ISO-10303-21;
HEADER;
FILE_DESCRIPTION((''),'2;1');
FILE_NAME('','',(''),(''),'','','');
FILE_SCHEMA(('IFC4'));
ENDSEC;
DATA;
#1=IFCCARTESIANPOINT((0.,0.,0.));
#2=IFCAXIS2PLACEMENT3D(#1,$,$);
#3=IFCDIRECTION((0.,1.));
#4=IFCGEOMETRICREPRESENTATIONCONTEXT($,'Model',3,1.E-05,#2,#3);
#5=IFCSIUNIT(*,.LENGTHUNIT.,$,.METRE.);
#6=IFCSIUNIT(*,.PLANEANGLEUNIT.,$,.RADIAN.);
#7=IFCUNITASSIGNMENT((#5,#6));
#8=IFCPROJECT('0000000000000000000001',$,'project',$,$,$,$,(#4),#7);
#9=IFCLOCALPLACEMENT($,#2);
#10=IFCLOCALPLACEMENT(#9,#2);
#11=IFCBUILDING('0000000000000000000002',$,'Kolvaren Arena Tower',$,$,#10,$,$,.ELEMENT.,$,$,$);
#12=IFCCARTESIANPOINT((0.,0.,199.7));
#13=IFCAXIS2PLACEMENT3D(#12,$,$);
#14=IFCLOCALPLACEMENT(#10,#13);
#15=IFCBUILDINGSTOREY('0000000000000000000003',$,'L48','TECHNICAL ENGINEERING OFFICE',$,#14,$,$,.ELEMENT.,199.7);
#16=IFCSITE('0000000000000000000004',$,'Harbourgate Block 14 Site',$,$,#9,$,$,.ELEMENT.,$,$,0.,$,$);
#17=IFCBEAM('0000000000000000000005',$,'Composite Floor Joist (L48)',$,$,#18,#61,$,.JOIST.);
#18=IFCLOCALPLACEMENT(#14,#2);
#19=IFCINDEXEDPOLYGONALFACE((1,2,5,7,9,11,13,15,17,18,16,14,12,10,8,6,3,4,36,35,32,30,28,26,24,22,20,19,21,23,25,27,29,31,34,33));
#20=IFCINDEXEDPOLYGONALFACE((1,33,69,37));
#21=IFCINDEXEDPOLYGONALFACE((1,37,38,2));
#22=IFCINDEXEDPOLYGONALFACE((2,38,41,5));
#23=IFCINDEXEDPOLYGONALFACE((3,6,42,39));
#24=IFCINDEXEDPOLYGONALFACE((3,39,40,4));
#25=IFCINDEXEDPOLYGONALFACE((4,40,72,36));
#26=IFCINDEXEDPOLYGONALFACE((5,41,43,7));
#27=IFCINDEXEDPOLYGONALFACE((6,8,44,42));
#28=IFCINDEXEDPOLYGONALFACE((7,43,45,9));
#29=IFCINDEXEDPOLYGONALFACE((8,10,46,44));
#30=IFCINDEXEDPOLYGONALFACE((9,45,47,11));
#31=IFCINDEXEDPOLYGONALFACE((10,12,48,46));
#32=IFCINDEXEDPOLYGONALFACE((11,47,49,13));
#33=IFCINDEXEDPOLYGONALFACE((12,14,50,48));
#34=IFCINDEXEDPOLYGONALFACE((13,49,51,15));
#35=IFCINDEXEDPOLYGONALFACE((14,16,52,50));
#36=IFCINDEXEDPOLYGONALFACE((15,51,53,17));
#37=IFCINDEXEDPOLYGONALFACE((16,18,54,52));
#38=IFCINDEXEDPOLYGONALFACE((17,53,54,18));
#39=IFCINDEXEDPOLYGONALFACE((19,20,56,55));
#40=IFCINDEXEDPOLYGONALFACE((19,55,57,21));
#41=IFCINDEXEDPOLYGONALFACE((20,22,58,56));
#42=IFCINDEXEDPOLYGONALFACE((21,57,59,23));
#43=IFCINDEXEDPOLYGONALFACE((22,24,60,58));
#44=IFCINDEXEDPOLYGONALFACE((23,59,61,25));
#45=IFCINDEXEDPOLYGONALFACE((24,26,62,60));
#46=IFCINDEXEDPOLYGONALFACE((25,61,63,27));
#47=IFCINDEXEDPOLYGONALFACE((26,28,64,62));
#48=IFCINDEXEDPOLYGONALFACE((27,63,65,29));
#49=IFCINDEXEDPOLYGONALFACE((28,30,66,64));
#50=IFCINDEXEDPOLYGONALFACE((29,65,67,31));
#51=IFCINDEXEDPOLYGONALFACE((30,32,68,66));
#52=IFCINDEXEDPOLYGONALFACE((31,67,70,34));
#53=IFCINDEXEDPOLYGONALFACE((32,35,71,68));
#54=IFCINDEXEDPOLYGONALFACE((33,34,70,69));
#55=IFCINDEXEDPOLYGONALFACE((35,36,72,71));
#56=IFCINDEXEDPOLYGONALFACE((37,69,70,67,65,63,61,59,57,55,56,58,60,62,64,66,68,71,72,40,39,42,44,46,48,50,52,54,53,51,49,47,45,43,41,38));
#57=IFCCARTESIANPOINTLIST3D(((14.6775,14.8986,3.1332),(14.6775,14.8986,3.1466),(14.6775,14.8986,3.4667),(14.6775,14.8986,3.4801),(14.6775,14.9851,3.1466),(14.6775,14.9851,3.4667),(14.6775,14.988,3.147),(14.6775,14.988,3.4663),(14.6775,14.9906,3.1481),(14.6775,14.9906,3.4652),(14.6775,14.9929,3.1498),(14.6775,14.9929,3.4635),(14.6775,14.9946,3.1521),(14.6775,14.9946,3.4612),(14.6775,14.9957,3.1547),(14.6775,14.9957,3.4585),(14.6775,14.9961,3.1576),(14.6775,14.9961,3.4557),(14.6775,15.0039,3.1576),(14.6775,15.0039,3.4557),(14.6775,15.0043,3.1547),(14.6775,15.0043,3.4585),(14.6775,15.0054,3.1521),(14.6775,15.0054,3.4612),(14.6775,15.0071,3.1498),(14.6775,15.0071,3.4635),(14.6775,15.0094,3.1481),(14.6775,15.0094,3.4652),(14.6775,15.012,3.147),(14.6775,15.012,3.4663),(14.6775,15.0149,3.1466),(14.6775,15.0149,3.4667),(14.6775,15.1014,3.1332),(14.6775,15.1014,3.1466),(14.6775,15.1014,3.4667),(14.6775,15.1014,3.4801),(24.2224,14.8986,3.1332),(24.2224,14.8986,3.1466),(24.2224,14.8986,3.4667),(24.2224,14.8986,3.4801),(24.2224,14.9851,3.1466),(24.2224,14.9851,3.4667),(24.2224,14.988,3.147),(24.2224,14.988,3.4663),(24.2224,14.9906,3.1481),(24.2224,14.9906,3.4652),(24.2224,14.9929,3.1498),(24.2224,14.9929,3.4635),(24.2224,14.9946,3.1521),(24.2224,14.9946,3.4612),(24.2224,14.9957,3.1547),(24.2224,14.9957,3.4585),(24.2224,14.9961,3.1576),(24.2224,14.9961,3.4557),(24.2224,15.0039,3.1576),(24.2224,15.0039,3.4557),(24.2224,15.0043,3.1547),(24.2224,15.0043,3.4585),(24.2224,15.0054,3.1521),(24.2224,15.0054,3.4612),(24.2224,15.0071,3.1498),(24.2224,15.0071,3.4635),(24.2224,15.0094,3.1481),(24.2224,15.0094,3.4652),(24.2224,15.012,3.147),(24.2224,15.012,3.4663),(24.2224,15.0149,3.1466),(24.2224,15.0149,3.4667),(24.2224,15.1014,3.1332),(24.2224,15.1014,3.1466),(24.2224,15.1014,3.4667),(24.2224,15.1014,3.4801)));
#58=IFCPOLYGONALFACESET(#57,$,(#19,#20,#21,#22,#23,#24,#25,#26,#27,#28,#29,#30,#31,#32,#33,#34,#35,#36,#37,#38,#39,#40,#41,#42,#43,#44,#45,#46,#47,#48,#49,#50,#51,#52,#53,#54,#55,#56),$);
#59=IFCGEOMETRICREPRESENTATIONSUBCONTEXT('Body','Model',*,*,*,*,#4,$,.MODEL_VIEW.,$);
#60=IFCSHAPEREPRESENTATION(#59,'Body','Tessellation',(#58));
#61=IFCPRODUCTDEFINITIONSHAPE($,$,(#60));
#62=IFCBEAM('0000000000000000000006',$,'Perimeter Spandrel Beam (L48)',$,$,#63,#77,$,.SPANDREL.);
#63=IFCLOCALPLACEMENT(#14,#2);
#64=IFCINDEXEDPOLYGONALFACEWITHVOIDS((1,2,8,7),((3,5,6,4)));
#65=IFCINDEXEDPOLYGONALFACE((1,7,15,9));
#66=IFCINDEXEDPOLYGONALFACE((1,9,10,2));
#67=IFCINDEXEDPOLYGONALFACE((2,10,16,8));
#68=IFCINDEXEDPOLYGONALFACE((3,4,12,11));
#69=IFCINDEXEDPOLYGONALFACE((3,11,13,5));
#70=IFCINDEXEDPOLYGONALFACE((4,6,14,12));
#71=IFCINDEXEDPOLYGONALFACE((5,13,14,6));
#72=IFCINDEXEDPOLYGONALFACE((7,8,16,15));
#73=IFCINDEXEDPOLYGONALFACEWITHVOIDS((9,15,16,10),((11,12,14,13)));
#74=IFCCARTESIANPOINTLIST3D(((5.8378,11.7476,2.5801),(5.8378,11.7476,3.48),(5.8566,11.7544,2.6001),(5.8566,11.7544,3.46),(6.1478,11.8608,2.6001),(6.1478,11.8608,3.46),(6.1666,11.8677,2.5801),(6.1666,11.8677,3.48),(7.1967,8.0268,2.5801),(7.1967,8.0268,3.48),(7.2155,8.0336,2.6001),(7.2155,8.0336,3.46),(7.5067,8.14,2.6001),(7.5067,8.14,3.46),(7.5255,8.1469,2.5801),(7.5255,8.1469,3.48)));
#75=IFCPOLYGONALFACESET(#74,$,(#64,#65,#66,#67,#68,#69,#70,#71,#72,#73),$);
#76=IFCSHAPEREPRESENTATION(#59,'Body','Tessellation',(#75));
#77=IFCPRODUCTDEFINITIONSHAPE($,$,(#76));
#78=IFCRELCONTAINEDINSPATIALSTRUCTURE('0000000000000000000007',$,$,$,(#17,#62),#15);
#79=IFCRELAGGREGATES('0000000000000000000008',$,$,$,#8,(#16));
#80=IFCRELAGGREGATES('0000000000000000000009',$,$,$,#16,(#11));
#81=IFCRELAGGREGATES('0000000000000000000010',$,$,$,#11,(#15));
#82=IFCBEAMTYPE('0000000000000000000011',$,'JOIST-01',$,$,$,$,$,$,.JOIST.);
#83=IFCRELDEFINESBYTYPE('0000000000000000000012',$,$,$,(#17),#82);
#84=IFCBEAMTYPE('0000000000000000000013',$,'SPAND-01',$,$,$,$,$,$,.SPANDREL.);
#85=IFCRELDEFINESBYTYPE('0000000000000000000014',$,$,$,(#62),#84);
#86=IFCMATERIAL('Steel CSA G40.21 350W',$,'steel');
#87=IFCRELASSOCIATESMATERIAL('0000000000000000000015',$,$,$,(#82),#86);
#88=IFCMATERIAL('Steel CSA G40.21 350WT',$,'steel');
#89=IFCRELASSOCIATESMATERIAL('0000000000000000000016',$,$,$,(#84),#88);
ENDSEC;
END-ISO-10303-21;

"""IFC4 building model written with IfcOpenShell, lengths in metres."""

from ifc_helpers import new_model, si_unit, direction, frame, origin, origin_2d, place, context, subcontext, project, spatial, hollow_rectangle, i_section, extrude, material, material_profile, profile_set, type_object, element, save


model = new_model("IFC4")

# Units and contexts
model_context = context("Model", 3, precision=1e-05, world=origin(), true_north=direction((0.0, 1.0)))
body_context = subcontext(model_context, "Body", "Model", "MODEL_VIEW")
ifc_project = project(units=[si_unit("LENGTHUNIT", "METRE"), si_unit("PLANEANGLEUNIT", "RADIAN")], contexts=[model_context])

# Site, building, storey
site_placement = place(None, origin())
site = spatial("IfcSite", under=ifc_project, at=site_placement, Name="Harbourgate Block 14 Site", CompositionType="ELEMENT", RefElevation=0.0)
building_placement = place(site_placement, origin())
building = spatial("IfcBuilding", under=site, at=building_placement, Name="Kolvaren Arena Tower", CompositionType="ELEMENT")
storey_placement = place(building_placement, frame((0.0, 0.0, 199.7)))
storey = spatial("IfcBuildingStorey", under=building, at=storey_placement, Name="L48", Description="TECHNICAL ENGINEERING OFFICE", CompositionType="ELEMENT", Elevation=199.7)

# Beams
ifc_material_1 = material(Name="Steel CSA G40.21 350W", Category="steel")
ifc_material_profile_1 = material_profile(ifc_material_1, i_section(OverallWidth=0.2029, OverallDepth=0.3469, WebThickness=0.0078, FlangeThickness=0.0134, FilletRadius=0.011, at=origin_2d()), Name="W360x64")
ifc_profile_set_1 = profile_set([ifc_material_profile_1], Name="Steel CSA G40.21 350W")
beam_type_1 = type_object("IfcBeamType", Name="JOIST-01", PredefinedType="JOIST", material=ifc_profile_set_1)
beam_1_placement = place(storey_placement, frame((14.6775, 15.0, 3.3066), z_axis=(1.0, 0.0, 0.0), x_axis=(0.0, 1.0, 0.0)))
element("IfcBeam", 1, at=beam_1_placement, inside=storey, type_object=beam_type_1, Name="Composite Floor Joist (L48)", PredefinedType="JOIST", context=body_context, shape_type="SweptSolid", body=[
    extrude(i_section(OverallWidth=0.2029, OverallDepth=0.3469, WebThickness=0.0078, FlangeThickness=0.0134, FilletRadius=0.011, at=origin_2d()), origin(), (0.0, 0.0, 1.0), 9.5449),
])
ifc_material_2 = material(Name="Steel CSA G40.21 350WT", Category="steel")
ifc_material_profile_2 = material_profile(ifc_material_2, hollow_rectangle(XDim=0.3501, YDim=0.8999, WallThickness=0.02, at=origin_2d()), Name="HSS 900x350x20")
ifc_profile_set_2 = profile_set([ifc_material_profile_2], Name="Steel CSA G40.21 350WT")
beam_type_2 = type_object("IfcBeamType", Name="SPAND-01", PredefinedType="SPANDREL", material=ifc_profile_set_2)
beam_2_placement = place(storey_placement, frame((6.0022, 11.8076, 3.03), z_axis=(0.343059, -0.939314, 0.0), x_axis=(0.939314, 0.343059, 0.0)))
element("IfcBeam", 2, at=beam_2_placement, inside=storey, type_object=beam_type_2, Name="Perimeter Spandrel Beam (L48)", PredefinedType="SPANDREL", context=body_context, shape_type="SweptSolid", body=[
    extrude(hollow_rectangle(XDim=0.3501, YDim=0.8999, WallThickness=0.02, at=origin_2d()), origin(), (0.0, 0.0, 1.0), 3.9612),
])

save(model, "model.ifc")
